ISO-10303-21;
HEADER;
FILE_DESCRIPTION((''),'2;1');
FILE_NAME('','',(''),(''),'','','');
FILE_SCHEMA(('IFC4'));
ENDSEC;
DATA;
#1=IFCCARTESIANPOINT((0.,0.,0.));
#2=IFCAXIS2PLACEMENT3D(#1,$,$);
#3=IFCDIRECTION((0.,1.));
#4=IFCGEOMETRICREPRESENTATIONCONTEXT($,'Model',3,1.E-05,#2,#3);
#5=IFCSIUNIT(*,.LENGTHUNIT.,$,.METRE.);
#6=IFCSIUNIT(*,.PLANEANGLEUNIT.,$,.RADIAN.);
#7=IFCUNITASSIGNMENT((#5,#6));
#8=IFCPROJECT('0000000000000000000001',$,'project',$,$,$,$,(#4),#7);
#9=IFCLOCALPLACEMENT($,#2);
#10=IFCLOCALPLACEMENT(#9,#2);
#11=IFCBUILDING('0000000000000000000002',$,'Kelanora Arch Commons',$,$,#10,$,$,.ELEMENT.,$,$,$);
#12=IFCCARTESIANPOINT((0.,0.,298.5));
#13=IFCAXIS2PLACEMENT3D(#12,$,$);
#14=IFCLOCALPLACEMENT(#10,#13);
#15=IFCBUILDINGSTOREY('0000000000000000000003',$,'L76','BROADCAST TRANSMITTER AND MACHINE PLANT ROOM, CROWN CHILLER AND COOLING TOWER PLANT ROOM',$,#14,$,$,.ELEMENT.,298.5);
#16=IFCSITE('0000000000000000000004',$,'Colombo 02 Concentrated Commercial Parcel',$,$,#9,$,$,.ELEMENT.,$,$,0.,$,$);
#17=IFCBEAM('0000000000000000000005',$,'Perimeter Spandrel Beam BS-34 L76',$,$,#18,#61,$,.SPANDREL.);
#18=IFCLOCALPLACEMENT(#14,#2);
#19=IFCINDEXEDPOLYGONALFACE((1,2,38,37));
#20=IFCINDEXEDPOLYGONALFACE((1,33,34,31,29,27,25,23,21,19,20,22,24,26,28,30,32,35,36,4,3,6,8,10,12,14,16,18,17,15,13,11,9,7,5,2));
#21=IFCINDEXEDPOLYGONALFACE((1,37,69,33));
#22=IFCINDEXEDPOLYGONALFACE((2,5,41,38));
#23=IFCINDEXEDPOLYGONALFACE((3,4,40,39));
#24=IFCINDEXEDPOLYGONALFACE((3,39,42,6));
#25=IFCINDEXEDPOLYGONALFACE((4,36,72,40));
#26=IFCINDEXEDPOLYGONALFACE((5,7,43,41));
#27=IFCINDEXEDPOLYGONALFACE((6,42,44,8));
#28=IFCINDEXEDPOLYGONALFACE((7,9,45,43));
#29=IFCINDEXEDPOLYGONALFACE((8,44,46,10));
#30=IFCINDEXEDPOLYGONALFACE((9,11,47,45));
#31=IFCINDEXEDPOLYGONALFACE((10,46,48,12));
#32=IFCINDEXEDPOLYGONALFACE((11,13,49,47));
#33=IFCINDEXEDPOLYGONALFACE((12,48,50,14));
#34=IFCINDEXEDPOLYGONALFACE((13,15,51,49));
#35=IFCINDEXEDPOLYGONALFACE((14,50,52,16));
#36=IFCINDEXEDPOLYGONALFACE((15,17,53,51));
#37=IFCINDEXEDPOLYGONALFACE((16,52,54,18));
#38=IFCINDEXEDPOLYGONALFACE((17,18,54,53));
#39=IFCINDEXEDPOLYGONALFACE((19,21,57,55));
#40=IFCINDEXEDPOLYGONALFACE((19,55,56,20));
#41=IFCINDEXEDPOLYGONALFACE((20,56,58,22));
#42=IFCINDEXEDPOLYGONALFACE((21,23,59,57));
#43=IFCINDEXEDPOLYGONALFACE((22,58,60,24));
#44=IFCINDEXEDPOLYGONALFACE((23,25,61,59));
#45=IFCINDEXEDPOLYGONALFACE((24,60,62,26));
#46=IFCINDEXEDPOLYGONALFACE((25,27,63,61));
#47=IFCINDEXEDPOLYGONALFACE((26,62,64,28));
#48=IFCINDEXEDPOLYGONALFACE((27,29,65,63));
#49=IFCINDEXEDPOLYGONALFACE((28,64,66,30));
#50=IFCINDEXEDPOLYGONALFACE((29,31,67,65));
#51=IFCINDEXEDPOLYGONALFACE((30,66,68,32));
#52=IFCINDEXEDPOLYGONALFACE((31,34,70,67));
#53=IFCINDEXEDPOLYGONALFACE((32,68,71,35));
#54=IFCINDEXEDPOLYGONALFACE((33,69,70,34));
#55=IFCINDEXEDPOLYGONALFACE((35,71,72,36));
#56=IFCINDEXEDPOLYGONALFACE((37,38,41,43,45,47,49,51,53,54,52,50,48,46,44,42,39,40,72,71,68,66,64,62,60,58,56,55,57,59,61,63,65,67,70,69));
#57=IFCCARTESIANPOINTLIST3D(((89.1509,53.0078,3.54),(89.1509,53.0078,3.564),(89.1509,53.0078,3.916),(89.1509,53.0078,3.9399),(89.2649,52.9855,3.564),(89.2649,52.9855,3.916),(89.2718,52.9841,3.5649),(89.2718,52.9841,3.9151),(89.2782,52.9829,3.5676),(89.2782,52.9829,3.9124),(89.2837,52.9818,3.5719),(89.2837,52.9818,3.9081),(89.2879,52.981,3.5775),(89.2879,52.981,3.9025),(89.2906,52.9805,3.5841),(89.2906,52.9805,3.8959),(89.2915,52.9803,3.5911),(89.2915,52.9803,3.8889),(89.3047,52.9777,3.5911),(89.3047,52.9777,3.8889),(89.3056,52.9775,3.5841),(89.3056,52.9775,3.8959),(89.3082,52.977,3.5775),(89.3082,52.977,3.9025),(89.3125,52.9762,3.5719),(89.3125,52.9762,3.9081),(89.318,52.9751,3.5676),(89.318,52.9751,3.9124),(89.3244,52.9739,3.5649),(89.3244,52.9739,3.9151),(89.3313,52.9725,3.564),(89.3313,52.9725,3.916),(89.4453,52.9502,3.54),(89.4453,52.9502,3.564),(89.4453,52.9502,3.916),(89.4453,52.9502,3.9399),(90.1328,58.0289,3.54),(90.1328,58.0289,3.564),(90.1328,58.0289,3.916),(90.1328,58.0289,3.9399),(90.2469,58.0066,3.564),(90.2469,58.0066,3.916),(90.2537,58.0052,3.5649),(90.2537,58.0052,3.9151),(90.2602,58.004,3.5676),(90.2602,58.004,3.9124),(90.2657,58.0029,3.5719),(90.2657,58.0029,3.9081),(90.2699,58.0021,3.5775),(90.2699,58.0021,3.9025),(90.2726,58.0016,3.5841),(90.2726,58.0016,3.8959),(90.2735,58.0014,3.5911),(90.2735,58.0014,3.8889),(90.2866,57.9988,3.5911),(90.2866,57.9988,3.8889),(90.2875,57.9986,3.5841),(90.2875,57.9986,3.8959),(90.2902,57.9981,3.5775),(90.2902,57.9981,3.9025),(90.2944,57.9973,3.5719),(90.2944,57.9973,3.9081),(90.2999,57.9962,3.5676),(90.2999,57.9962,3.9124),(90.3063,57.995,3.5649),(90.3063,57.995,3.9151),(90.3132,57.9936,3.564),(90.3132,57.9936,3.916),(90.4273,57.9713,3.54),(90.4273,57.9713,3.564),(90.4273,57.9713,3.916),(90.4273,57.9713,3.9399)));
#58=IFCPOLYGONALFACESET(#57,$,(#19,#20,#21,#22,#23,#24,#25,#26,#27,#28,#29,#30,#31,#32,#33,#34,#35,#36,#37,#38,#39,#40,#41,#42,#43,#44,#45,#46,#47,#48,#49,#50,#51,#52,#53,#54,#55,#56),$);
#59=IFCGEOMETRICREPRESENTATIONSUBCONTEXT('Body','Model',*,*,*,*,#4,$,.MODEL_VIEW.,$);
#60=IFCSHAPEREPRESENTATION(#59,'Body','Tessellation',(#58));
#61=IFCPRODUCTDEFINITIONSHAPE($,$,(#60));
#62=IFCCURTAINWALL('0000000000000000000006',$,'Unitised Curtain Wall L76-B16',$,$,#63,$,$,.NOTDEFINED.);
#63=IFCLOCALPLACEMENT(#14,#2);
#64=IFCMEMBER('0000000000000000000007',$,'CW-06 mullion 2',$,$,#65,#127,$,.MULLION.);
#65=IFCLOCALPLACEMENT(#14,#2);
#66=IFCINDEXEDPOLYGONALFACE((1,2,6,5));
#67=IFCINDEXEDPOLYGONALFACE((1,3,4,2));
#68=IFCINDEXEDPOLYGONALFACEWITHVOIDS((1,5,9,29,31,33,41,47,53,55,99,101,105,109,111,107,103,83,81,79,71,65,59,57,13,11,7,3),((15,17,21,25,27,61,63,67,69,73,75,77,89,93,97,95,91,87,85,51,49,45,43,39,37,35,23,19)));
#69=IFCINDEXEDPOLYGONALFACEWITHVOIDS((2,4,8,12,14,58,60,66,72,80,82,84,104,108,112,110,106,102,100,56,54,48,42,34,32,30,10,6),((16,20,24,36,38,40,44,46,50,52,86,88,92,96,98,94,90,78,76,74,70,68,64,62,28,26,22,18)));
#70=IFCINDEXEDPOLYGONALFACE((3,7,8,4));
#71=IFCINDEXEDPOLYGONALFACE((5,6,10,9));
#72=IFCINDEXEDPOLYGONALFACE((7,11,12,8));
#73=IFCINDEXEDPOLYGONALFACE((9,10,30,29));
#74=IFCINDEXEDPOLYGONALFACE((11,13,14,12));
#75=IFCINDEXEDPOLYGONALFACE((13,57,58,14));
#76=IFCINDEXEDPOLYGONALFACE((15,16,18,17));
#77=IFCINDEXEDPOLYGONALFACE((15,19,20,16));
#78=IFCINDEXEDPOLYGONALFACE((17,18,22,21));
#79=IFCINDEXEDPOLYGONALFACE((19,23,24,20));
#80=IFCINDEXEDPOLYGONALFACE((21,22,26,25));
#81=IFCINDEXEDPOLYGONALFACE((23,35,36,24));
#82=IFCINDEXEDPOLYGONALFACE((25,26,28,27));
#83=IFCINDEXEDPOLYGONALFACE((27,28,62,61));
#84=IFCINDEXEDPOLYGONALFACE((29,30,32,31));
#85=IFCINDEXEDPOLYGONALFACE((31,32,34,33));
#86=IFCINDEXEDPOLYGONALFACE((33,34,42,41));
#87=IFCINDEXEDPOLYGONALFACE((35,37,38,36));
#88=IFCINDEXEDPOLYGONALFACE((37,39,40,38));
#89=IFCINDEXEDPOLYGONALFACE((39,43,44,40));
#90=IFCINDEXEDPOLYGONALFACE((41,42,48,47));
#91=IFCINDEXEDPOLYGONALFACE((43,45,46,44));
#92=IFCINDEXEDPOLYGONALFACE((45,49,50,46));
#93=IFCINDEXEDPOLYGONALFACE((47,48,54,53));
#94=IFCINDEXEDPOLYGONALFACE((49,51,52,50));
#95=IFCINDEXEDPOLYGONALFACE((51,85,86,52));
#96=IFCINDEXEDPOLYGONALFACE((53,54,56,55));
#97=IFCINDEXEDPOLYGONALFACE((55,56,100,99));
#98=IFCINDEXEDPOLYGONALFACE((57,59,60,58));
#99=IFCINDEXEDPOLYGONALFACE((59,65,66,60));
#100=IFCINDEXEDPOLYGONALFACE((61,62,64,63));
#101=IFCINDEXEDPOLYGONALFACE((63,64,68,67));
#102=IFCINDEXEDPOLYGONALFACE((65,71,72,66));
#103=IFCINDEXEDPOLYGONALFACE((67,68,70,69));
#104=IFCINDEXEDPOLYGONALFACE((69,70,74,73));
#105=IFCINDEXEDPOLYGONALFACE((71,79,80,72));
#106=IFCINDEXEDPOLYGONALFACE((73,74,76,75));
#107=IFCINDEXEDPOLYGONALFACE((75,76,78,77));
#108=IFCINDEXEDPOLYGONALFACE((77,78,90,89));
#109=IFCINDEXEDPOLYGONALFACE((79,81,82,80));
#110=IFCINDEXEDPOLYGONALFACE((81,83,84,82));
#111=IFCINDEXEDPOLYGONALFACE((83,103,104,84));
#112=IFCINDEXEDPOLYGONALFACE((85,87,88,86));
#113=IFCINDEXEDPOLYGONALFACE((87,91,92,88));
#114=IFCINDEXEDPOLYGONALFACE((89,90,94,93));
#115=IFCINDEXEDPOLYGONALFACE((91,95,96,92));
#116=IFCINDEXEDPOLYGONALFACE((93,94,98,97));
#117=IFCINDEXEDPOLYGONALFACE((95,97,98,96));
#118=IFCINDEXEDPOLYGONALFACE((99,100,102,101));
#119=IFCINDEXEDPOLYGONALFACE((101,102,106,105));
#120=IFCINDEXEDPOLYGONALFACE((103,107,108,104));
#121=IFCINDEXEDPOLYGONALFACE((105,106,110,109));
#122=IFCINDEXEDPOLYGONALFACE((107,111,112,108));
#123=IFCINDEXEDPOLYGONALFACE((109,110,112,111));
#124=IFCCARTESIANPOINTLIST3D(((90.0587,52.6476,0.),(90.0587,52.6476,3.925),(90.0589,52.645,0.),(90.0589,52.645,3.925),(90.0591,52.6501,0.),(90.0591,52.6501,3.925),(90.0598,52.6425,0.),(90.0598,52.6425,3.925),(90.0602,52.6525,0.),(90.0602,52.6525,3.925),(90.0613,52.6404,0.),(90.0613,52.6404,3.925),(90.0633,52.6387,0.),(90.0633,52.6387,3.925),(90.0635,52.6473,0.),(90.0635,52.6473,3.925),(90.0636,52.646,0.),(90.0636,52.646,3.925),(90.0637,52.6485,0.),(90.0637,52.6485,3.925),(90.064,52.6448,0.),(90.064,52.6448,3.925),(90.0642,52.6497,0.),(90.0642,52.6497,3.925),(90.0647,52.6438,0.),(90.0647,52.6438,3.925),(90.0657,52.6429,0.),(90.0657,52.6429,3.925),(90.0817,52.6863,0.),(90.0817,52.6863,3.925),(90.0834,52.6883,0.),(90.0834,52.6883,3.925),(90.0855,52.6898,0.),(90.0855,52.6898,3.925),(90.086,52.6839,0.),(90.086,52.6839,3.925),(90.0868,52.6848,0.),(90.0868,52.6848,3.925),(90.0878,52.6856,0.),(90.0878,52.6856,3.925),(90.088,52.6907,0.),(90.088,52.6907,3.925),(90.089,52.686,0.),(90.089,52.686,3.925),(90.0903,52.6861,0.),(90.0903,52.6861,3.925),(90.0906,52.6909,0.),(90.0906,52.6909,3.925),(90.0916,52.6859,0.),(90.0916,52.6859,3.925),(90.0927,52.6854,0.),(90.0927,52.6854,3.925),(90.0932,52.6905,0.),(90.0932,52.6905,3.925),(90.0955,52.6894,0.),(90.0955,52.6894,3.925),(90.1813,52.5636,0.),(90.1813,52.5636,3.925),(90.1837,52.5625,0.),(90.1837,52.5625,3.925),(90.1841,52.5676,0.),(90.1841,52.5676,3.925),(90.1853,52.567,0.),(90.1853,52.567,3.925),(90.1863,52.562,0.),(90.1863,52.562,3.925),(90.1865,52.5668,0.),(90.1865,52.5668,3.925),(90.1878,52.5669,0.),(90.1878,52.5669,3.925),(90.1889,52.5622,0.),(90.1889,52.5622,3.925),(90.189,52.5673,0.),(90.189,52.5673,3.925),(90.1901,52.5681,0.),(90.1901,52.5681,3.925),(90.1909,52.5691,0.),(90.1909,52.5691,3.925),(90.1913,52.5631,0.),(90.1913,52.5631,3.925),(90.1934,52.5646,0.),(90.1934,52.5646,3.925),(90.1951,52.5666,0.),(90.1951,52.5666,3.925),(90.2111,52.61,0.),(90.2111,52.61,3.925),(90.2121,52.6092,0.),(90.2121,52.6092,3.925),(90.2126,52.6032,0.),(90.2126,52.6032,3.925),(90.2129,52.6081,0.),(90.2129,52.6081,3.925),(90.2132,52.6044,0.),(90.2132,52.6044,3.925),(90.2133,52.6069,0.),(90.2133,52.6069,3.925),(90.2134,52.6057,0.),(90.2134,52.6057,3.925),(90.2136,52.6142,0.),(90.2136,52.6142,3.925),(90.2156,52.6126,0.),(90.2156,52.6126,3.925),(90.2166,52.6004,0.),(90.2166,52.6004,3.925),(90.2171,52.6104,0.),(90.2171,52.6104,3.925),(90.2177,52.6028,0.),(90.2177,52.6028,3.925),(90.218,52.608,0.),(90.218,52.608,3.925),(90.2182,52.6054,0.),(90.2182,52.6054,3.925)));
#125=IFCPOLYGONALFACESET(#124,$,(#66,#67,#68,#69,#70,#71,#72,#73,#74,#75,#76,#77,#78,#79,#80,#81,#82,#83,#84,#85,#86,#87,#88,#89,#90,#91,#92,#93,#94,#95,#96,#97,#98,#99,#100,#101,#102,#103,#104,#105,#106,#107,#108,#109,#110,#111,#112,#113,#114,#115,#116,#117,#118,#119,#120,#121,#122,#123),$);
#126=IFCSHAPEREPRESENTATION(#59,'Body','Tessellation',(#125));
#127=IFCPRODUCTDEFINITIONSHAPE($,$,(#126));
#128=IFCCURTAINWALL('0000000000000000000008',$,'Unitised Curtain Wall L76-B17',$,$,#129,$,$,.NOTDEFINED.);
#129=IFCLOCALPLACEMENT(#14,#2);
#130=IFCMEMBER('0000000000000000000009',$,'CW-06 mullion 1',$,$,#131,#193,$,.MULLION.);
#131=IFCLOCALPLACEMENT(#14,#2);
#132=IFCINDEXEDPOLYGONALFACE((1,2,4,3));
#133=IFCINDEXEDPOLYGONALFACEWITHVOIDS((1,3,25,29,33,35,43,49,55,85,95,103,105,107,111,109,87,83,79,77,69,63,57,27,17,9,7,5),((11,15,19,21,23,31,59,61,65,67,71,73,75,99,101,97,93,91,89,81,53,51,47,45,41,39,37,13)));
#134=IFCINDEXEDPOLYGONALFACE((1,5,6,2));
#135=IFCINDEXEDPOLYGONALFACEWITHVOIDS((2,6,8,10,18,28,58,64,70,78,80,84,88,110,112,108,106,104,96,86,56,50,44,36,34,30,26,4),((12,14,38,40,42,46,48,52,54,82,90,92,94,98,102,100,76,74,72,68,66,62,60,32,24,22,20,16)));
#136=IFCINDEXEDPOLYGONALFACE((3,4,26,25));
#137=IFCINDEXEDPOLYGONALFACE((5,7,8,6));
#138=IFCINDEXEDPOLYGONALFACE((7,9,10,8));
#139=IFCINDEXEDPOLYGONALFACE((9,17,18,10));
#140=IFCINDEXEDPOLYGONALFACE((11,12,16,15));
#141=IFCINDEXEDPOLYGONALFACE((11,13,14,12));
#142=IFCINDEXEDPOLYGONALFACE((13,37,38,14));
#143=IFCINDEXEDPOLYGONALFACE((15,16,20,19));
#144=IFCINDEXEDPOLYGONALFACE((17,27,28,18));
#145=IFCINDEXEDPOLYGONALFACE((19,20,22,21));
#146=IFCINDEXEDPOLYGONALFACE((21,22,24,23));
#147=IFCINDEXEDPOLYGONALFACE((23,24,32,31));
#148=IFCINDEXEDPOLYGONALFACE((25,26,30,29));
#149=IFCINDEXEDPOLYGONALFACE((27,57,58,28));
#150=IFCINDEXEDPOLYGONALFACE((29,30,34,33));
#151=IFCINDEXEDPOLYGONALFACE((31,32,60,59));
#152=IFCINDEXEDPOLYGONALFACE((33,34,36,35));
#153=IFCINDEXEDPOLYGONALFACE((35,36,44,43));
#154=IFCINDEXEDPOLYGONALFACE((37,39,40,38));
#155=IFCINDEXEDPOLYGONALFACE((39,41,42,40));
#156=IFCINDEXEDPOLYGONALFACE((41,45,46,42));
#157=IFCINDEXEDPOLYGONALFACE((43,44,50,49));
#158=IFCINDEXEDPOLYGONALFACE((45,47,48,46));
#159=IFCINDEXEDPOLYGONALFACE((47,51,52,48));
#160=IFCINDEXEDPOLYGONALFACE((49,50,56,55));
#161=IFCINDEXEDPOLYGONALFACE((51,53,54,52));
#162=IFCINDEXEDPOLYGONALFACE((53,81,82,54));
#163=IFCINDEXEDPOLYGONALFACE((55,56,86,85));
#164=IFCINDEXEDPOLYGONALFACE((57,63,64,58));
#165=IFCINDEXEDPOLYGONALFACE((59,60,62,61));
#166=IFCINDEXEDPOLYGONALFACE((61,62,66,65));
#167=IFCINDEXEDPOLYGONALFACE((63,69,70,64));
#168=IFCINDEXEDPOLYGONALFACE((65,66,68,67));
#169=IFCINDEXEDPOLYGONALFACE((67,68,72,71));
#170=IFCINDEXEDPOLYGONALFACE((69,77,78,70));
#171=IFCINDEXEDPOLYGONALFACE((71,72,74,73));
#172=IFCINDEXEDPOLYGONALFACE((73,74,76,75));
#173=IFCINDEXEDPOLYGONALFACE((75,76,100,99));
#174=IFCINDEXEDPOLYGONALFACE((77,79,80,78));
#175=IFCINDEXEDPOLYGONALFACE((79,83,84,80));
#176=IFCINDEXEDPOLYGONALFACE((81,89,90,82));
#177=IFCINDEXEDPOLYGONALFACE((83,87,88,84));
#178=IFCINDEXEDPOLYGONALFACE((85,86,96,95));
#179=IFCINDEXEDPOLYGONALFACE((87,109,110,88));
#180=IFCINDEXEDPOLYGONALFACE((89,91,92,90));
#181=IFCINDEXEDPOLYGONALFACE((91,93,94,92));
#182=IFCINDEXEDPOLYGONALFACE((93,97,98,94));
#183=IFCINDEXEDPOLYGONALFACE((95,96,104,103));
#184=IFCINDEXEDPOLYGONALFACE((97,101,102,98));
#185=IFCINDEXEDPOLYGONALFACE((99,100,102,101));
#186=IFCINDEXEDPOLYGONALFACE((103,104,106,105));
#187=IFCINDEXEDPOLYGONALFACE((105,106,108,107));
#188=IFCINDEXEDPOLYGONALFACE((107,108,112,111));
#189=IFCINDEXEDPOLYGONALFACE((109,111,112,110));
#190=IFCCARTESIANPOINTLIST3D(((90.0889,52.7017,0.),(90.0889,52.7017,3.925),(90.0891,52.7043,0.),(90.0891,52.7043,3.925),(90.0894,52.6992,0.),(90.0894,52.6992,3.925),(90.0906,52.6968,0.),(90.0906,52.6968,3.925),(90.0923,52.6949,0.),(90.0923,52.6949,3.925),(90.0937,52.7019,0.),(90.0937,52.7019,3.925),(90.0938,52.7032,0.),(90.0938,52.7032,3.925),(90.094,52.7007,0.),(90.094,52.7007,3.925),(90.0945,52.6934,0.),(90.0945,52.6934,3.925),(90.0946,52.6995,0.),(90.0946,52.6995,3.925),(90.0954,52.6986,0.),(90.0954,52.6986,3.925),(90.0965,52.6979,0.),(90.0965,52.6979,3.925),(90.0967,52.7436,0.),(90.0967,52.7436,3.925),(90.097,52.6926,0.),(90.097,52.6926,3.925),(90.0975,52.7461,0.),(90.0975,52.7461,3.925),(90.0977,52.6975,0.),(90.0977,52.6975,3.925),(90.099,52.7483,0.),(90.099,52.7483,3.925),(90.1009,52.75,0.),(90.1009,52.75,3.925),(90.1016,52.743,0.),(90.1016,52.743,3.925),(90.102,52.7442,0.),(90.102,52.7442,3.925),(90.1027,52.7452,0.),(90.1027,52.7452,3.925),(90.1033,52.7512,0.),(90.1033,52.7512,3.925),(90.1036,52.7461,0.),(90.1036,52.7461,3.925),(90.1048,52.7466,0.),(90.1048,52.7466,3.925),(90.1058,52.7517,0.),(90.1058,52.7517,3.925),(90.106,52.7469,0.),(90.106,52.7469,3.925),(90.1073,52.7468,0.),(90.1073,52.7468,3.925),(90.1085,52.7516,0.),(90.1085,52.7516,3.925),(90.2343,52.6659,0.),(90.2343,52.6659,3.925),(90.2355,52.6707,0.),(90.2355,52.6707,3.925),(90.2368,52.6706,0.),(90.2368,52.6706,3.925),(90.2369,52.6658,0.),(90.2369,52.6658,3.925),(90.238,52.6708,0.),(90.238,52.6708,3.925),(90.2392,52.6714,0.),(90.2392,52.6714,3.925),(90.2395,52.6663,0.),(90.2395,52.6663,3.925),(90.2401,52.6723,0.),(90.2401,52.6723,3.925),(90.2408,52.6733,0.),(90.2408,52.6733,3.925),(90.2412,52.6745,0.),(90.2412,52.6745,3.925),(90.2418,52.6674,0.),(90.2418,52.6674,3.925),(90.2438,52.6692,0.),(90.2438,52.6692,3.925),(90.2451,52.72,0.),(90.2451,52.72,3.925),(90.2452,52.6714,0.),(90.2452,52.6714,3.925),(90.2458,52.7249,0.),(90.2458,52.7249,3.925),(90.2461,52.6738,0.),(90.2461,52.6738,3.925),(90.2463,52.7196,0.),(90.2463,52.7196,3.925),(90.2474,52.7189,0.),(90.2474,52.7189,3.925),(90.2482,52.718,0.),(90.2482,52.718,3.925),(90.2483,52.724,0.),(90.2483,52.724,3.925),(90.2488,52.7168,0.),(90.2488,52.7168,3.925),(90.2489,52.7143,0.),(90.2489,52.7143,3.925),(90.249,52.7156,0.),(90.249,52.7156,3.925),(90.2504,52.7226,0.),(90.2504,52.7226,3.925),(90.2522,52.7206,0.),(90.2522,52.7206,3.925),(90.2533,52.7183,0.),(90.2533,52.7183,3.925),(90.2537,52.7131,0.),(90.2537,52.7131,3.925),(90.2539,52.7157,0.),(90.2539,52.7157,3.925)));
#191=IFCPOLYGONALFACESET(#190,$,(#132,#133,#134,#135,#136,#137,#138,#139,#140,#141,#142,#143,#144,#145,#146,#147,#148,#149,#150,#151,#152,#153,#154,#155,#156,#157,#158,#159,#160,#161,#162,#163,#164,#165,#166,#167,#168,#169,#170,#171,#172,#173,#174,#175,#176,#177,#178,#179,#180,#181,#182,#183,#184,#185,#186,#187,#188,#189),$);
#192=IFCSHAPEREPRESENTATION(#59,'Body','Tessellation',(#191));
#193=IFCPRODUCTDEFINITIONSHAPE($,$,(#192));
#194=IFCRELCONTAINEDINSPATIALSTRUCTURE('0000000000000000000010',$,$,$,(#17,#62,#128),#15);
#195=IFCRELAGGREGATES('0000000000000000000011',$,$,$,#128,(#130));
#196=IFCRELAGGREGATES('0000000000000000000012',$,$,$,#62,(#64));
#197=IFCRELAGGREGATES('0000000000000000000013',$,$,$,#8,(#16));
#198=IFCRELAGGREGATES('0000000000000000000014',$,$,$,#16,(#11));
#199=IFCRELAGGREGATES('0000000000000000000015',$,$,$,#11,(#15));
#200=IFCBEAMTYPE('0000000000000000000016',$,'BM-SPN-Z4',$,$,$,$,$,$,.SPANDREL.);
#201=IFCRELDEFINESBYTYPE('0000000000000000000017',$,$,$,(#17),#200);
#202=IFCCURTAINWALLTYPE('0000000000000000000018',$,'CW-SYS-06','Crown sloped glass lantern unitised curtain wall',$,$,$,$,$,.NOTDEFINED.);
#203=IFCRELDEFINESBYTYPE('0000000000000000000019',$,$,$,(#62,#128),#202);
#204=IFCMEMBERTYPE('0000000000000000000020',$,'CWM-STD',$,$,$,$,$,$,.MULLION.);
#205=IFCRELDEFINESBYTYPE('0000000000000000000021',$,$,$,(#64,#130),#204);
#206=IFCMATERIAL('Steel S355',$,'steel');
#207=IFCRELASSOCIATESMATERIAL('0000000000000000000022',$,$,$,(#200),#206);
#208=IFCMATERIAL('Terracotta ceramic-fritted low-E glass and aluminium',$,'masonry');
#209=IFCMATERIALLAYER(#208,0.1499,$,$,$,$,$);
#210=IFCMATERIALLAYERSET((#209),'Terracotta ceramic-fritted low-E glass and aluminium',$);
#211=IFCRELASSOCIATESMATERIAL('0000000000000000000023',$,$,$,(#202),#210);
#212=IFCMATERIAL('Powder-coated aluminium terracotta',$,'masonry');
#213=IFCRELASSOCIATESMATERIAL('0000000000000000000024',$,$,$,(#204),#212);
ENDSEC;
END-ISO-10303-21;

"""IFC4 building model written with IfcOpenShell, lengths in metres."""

from ifc_helpers import new_model, si_unit, direction, frame, origin, origin_2d, place, context, subcontext, project, spatial, hollow_rectangle, i_section, extrude, material, layer, layer_set, material_profile, profile_set, type_object, element, aggregate, save


model = new_model("IFC4")

# Units and contexts
model_context = context("Model", 3, precision=1e-05, world=origin(), true_north=direction((0.0, 1.0)))
body_context = subcontext(model_context, "Body", "Model", "MODEL_VIEW")
ifc_project = project(units=[si_unit("LENGTHUNIT", "METRE"), si_unit("PLANEANGLEUNIT", "RADIAN")], contexts=[model_context])

# Site, building, storey
site_placement = place(None, origin())
site = spatial("IfcSite", under=ifc_project, at=site_placement, Name="Colombo 02 Concentrated Commercial Parcel", CompositionType="ELEMENT", RefElevation=0.0)
building_placement = place(site_placement, origin())
building = spatial("IfcBuilding", under=site, at=building_placement, Name="Kelanora Arch Commons", CompositionType="ELEMENT")
storey_placement = place(building_placement, frame((0.0, 0.0, 298.5)))
storey = spatial("IfcBuildingStorey", under=building, at=storey_placement, Name="L76", Description="BROADCAST TRANSMITTER AND MACHINE PLANT ROOM, CROWN CHILLER AND COOLING TOWER PLANT ROOM", CompositionType="ELEMENT", Elevation=298.5)

# Beam
ifc_material_1 = material(Name="Steel S355", Category="steel")
ifc_material_profile_1 = material_profile(ifc_material_1, i_section(OverallWidth=0.3, OverallDepth=0.3999, WebThickness=0.0134, FlangeThickness=0.0239, FilletRadius=0.0271, at=origin_2d()), Name="HEB400")
ifc_profile_set_1 = profile_set([ifc_material_profile_1], Name="Steel S355")
beam_type_1 = type_object("IfcBeamType", Name="BM-SPN-Z4", PredefinedType="SPANDREL", material=ifc_profile_set_1)
beam_1_placement = place(storey_placement, frame((89.2981, 52.979, 3.74), z_axis=(0.19193, 0.981409, 0.0), x_axis=(-0.981409, 0.19193, 0.0)))
element("IfcBeam", 1, at=beam_1_placement, inside=storey, type_object=beam_type_1, Name="Perimeter Spandrel Beam BS-34 L76", PredefinedType="SPANDREL", context=body_context, shape_type="SweptSolid", body=[
    extrude(i_section(OverallWidth=0.3, OverallDepth=0.3999, WebThickness=0.0134, FlangeThickness=0.0239, FilletRadius=0.0271, at=origin_2d()), origin(), (0.0, 0.0, 1.0), 5.1162),
])

# Curtain wall, member
ifc_material_2 = material(Name="Terracotta ceramic-fritted low-E glass and aluminium", Category="masonry")
ifc_layer_1 = layer(ifc_material_2, 0.1499)
ifc_layer_set_1 = layer_set([ifc_layer_1], Name="Terracotta ceramic-fritted low-E glass and aluminium")
curtain_wall_type = type_object("IfcCurtainWallType", Name="CW-SYS-06", Description="Crown sloped glass lantern unitised curtain wall", PredefinedType="NOTDEFINED", material=ifc_layer_set_1)
curtain_wall_1_placement = place(storey_placement, origin())
curtain_wall_1 = element("IfcCurtainWall", 2, at=curtain_wall_1_placement, inside=storey, type_object=curtain_wall_type, Name="Unitised Curtain Wall L76-B16", PredefinedType="NOTDEFINED")
ifc_material_3 = material(Name="Powder-coated aluminium terracotta", Category="masonry")
ifc_material_profile_2 = material_profile(ifc_material_3, hollow_rectangle(XDim=0.1599, YDim=0.0601, WallThickness=0.0049, InnerFilletRadius=0.0049, OuterFilletRadius=0.01, at=origin_2d()), Name="CWM160x60")
ifc_profile_set_2 = profile_set([ifc_material_profile_2], Name="Powder-coated aluminium terracotta")
member_type_1 = type_object("IfcMemberType", Name="CWM-STD", PredefinedType="MULLION", material=ifc_profile_set_2)
member_1_placement = place(storey_placement, frame((90.1384, 52.6265, 0.0), z_axis=(0.0, 0.0, 1.0), x_axis=(-0.843592, 0.536984, 0.0)))
member_1 = element("IfcMember", 3, at=member_1_placement, type_object=member_type_1, Name="CW-06 mullion 2", PredefinedType="MULLION", context=body_context, shape_type="SweptSolid", body=[
    extrude(hollow_rectangle(XDim=0.1599, YDim=0.0601, WallThickness=0.0049, InnerFilletRadius=0.0049, OuterFilletRadius=0.01, at=origin_2d()), origin(), (0.0, 0.0, 1.0), 3.925),
])

# Curtain wall, member
curtain_wall_2_placement = place(storey_placement, origin())
curtain_wall_2 = element("IfcCurtainWall", 4, at=curtain_wall_2_placement, inside=storey, type_object=curtain_wall_type, Name="Unitised Curtain Wall L76-B17", PredefinedType="NOTDEFINED")
member_2_placement = place(storey_placement, frame((90.1714, 52.7087, 0.0), z_axis=(0.0, 0.0, 1.0), x_axis=(-0.981624, 0.190827, 0.0)))
member_2 = element("IfcMember", 5, at=member_2_placement, type_object=member_type_1, Name="CW-06 mullion 1", PredefinedType="MULLION", context=body_context, shape_type="SweptSolid", body=[
    extrude(hollow_rectangle(XDim=0.1599, YDim=0.0601, WallThickness=0.0049, InnerFilletRadius=0.0049, OuterFilletRadius=0.01, at=origin_2d()), origin(), (0.0, 0.0, 1.0), 3.925),
])
aggregate(curtain_wall_2, [member_2])

aggregate(curtain_wall_1, [member_1])

save(model, "model.ifc")
